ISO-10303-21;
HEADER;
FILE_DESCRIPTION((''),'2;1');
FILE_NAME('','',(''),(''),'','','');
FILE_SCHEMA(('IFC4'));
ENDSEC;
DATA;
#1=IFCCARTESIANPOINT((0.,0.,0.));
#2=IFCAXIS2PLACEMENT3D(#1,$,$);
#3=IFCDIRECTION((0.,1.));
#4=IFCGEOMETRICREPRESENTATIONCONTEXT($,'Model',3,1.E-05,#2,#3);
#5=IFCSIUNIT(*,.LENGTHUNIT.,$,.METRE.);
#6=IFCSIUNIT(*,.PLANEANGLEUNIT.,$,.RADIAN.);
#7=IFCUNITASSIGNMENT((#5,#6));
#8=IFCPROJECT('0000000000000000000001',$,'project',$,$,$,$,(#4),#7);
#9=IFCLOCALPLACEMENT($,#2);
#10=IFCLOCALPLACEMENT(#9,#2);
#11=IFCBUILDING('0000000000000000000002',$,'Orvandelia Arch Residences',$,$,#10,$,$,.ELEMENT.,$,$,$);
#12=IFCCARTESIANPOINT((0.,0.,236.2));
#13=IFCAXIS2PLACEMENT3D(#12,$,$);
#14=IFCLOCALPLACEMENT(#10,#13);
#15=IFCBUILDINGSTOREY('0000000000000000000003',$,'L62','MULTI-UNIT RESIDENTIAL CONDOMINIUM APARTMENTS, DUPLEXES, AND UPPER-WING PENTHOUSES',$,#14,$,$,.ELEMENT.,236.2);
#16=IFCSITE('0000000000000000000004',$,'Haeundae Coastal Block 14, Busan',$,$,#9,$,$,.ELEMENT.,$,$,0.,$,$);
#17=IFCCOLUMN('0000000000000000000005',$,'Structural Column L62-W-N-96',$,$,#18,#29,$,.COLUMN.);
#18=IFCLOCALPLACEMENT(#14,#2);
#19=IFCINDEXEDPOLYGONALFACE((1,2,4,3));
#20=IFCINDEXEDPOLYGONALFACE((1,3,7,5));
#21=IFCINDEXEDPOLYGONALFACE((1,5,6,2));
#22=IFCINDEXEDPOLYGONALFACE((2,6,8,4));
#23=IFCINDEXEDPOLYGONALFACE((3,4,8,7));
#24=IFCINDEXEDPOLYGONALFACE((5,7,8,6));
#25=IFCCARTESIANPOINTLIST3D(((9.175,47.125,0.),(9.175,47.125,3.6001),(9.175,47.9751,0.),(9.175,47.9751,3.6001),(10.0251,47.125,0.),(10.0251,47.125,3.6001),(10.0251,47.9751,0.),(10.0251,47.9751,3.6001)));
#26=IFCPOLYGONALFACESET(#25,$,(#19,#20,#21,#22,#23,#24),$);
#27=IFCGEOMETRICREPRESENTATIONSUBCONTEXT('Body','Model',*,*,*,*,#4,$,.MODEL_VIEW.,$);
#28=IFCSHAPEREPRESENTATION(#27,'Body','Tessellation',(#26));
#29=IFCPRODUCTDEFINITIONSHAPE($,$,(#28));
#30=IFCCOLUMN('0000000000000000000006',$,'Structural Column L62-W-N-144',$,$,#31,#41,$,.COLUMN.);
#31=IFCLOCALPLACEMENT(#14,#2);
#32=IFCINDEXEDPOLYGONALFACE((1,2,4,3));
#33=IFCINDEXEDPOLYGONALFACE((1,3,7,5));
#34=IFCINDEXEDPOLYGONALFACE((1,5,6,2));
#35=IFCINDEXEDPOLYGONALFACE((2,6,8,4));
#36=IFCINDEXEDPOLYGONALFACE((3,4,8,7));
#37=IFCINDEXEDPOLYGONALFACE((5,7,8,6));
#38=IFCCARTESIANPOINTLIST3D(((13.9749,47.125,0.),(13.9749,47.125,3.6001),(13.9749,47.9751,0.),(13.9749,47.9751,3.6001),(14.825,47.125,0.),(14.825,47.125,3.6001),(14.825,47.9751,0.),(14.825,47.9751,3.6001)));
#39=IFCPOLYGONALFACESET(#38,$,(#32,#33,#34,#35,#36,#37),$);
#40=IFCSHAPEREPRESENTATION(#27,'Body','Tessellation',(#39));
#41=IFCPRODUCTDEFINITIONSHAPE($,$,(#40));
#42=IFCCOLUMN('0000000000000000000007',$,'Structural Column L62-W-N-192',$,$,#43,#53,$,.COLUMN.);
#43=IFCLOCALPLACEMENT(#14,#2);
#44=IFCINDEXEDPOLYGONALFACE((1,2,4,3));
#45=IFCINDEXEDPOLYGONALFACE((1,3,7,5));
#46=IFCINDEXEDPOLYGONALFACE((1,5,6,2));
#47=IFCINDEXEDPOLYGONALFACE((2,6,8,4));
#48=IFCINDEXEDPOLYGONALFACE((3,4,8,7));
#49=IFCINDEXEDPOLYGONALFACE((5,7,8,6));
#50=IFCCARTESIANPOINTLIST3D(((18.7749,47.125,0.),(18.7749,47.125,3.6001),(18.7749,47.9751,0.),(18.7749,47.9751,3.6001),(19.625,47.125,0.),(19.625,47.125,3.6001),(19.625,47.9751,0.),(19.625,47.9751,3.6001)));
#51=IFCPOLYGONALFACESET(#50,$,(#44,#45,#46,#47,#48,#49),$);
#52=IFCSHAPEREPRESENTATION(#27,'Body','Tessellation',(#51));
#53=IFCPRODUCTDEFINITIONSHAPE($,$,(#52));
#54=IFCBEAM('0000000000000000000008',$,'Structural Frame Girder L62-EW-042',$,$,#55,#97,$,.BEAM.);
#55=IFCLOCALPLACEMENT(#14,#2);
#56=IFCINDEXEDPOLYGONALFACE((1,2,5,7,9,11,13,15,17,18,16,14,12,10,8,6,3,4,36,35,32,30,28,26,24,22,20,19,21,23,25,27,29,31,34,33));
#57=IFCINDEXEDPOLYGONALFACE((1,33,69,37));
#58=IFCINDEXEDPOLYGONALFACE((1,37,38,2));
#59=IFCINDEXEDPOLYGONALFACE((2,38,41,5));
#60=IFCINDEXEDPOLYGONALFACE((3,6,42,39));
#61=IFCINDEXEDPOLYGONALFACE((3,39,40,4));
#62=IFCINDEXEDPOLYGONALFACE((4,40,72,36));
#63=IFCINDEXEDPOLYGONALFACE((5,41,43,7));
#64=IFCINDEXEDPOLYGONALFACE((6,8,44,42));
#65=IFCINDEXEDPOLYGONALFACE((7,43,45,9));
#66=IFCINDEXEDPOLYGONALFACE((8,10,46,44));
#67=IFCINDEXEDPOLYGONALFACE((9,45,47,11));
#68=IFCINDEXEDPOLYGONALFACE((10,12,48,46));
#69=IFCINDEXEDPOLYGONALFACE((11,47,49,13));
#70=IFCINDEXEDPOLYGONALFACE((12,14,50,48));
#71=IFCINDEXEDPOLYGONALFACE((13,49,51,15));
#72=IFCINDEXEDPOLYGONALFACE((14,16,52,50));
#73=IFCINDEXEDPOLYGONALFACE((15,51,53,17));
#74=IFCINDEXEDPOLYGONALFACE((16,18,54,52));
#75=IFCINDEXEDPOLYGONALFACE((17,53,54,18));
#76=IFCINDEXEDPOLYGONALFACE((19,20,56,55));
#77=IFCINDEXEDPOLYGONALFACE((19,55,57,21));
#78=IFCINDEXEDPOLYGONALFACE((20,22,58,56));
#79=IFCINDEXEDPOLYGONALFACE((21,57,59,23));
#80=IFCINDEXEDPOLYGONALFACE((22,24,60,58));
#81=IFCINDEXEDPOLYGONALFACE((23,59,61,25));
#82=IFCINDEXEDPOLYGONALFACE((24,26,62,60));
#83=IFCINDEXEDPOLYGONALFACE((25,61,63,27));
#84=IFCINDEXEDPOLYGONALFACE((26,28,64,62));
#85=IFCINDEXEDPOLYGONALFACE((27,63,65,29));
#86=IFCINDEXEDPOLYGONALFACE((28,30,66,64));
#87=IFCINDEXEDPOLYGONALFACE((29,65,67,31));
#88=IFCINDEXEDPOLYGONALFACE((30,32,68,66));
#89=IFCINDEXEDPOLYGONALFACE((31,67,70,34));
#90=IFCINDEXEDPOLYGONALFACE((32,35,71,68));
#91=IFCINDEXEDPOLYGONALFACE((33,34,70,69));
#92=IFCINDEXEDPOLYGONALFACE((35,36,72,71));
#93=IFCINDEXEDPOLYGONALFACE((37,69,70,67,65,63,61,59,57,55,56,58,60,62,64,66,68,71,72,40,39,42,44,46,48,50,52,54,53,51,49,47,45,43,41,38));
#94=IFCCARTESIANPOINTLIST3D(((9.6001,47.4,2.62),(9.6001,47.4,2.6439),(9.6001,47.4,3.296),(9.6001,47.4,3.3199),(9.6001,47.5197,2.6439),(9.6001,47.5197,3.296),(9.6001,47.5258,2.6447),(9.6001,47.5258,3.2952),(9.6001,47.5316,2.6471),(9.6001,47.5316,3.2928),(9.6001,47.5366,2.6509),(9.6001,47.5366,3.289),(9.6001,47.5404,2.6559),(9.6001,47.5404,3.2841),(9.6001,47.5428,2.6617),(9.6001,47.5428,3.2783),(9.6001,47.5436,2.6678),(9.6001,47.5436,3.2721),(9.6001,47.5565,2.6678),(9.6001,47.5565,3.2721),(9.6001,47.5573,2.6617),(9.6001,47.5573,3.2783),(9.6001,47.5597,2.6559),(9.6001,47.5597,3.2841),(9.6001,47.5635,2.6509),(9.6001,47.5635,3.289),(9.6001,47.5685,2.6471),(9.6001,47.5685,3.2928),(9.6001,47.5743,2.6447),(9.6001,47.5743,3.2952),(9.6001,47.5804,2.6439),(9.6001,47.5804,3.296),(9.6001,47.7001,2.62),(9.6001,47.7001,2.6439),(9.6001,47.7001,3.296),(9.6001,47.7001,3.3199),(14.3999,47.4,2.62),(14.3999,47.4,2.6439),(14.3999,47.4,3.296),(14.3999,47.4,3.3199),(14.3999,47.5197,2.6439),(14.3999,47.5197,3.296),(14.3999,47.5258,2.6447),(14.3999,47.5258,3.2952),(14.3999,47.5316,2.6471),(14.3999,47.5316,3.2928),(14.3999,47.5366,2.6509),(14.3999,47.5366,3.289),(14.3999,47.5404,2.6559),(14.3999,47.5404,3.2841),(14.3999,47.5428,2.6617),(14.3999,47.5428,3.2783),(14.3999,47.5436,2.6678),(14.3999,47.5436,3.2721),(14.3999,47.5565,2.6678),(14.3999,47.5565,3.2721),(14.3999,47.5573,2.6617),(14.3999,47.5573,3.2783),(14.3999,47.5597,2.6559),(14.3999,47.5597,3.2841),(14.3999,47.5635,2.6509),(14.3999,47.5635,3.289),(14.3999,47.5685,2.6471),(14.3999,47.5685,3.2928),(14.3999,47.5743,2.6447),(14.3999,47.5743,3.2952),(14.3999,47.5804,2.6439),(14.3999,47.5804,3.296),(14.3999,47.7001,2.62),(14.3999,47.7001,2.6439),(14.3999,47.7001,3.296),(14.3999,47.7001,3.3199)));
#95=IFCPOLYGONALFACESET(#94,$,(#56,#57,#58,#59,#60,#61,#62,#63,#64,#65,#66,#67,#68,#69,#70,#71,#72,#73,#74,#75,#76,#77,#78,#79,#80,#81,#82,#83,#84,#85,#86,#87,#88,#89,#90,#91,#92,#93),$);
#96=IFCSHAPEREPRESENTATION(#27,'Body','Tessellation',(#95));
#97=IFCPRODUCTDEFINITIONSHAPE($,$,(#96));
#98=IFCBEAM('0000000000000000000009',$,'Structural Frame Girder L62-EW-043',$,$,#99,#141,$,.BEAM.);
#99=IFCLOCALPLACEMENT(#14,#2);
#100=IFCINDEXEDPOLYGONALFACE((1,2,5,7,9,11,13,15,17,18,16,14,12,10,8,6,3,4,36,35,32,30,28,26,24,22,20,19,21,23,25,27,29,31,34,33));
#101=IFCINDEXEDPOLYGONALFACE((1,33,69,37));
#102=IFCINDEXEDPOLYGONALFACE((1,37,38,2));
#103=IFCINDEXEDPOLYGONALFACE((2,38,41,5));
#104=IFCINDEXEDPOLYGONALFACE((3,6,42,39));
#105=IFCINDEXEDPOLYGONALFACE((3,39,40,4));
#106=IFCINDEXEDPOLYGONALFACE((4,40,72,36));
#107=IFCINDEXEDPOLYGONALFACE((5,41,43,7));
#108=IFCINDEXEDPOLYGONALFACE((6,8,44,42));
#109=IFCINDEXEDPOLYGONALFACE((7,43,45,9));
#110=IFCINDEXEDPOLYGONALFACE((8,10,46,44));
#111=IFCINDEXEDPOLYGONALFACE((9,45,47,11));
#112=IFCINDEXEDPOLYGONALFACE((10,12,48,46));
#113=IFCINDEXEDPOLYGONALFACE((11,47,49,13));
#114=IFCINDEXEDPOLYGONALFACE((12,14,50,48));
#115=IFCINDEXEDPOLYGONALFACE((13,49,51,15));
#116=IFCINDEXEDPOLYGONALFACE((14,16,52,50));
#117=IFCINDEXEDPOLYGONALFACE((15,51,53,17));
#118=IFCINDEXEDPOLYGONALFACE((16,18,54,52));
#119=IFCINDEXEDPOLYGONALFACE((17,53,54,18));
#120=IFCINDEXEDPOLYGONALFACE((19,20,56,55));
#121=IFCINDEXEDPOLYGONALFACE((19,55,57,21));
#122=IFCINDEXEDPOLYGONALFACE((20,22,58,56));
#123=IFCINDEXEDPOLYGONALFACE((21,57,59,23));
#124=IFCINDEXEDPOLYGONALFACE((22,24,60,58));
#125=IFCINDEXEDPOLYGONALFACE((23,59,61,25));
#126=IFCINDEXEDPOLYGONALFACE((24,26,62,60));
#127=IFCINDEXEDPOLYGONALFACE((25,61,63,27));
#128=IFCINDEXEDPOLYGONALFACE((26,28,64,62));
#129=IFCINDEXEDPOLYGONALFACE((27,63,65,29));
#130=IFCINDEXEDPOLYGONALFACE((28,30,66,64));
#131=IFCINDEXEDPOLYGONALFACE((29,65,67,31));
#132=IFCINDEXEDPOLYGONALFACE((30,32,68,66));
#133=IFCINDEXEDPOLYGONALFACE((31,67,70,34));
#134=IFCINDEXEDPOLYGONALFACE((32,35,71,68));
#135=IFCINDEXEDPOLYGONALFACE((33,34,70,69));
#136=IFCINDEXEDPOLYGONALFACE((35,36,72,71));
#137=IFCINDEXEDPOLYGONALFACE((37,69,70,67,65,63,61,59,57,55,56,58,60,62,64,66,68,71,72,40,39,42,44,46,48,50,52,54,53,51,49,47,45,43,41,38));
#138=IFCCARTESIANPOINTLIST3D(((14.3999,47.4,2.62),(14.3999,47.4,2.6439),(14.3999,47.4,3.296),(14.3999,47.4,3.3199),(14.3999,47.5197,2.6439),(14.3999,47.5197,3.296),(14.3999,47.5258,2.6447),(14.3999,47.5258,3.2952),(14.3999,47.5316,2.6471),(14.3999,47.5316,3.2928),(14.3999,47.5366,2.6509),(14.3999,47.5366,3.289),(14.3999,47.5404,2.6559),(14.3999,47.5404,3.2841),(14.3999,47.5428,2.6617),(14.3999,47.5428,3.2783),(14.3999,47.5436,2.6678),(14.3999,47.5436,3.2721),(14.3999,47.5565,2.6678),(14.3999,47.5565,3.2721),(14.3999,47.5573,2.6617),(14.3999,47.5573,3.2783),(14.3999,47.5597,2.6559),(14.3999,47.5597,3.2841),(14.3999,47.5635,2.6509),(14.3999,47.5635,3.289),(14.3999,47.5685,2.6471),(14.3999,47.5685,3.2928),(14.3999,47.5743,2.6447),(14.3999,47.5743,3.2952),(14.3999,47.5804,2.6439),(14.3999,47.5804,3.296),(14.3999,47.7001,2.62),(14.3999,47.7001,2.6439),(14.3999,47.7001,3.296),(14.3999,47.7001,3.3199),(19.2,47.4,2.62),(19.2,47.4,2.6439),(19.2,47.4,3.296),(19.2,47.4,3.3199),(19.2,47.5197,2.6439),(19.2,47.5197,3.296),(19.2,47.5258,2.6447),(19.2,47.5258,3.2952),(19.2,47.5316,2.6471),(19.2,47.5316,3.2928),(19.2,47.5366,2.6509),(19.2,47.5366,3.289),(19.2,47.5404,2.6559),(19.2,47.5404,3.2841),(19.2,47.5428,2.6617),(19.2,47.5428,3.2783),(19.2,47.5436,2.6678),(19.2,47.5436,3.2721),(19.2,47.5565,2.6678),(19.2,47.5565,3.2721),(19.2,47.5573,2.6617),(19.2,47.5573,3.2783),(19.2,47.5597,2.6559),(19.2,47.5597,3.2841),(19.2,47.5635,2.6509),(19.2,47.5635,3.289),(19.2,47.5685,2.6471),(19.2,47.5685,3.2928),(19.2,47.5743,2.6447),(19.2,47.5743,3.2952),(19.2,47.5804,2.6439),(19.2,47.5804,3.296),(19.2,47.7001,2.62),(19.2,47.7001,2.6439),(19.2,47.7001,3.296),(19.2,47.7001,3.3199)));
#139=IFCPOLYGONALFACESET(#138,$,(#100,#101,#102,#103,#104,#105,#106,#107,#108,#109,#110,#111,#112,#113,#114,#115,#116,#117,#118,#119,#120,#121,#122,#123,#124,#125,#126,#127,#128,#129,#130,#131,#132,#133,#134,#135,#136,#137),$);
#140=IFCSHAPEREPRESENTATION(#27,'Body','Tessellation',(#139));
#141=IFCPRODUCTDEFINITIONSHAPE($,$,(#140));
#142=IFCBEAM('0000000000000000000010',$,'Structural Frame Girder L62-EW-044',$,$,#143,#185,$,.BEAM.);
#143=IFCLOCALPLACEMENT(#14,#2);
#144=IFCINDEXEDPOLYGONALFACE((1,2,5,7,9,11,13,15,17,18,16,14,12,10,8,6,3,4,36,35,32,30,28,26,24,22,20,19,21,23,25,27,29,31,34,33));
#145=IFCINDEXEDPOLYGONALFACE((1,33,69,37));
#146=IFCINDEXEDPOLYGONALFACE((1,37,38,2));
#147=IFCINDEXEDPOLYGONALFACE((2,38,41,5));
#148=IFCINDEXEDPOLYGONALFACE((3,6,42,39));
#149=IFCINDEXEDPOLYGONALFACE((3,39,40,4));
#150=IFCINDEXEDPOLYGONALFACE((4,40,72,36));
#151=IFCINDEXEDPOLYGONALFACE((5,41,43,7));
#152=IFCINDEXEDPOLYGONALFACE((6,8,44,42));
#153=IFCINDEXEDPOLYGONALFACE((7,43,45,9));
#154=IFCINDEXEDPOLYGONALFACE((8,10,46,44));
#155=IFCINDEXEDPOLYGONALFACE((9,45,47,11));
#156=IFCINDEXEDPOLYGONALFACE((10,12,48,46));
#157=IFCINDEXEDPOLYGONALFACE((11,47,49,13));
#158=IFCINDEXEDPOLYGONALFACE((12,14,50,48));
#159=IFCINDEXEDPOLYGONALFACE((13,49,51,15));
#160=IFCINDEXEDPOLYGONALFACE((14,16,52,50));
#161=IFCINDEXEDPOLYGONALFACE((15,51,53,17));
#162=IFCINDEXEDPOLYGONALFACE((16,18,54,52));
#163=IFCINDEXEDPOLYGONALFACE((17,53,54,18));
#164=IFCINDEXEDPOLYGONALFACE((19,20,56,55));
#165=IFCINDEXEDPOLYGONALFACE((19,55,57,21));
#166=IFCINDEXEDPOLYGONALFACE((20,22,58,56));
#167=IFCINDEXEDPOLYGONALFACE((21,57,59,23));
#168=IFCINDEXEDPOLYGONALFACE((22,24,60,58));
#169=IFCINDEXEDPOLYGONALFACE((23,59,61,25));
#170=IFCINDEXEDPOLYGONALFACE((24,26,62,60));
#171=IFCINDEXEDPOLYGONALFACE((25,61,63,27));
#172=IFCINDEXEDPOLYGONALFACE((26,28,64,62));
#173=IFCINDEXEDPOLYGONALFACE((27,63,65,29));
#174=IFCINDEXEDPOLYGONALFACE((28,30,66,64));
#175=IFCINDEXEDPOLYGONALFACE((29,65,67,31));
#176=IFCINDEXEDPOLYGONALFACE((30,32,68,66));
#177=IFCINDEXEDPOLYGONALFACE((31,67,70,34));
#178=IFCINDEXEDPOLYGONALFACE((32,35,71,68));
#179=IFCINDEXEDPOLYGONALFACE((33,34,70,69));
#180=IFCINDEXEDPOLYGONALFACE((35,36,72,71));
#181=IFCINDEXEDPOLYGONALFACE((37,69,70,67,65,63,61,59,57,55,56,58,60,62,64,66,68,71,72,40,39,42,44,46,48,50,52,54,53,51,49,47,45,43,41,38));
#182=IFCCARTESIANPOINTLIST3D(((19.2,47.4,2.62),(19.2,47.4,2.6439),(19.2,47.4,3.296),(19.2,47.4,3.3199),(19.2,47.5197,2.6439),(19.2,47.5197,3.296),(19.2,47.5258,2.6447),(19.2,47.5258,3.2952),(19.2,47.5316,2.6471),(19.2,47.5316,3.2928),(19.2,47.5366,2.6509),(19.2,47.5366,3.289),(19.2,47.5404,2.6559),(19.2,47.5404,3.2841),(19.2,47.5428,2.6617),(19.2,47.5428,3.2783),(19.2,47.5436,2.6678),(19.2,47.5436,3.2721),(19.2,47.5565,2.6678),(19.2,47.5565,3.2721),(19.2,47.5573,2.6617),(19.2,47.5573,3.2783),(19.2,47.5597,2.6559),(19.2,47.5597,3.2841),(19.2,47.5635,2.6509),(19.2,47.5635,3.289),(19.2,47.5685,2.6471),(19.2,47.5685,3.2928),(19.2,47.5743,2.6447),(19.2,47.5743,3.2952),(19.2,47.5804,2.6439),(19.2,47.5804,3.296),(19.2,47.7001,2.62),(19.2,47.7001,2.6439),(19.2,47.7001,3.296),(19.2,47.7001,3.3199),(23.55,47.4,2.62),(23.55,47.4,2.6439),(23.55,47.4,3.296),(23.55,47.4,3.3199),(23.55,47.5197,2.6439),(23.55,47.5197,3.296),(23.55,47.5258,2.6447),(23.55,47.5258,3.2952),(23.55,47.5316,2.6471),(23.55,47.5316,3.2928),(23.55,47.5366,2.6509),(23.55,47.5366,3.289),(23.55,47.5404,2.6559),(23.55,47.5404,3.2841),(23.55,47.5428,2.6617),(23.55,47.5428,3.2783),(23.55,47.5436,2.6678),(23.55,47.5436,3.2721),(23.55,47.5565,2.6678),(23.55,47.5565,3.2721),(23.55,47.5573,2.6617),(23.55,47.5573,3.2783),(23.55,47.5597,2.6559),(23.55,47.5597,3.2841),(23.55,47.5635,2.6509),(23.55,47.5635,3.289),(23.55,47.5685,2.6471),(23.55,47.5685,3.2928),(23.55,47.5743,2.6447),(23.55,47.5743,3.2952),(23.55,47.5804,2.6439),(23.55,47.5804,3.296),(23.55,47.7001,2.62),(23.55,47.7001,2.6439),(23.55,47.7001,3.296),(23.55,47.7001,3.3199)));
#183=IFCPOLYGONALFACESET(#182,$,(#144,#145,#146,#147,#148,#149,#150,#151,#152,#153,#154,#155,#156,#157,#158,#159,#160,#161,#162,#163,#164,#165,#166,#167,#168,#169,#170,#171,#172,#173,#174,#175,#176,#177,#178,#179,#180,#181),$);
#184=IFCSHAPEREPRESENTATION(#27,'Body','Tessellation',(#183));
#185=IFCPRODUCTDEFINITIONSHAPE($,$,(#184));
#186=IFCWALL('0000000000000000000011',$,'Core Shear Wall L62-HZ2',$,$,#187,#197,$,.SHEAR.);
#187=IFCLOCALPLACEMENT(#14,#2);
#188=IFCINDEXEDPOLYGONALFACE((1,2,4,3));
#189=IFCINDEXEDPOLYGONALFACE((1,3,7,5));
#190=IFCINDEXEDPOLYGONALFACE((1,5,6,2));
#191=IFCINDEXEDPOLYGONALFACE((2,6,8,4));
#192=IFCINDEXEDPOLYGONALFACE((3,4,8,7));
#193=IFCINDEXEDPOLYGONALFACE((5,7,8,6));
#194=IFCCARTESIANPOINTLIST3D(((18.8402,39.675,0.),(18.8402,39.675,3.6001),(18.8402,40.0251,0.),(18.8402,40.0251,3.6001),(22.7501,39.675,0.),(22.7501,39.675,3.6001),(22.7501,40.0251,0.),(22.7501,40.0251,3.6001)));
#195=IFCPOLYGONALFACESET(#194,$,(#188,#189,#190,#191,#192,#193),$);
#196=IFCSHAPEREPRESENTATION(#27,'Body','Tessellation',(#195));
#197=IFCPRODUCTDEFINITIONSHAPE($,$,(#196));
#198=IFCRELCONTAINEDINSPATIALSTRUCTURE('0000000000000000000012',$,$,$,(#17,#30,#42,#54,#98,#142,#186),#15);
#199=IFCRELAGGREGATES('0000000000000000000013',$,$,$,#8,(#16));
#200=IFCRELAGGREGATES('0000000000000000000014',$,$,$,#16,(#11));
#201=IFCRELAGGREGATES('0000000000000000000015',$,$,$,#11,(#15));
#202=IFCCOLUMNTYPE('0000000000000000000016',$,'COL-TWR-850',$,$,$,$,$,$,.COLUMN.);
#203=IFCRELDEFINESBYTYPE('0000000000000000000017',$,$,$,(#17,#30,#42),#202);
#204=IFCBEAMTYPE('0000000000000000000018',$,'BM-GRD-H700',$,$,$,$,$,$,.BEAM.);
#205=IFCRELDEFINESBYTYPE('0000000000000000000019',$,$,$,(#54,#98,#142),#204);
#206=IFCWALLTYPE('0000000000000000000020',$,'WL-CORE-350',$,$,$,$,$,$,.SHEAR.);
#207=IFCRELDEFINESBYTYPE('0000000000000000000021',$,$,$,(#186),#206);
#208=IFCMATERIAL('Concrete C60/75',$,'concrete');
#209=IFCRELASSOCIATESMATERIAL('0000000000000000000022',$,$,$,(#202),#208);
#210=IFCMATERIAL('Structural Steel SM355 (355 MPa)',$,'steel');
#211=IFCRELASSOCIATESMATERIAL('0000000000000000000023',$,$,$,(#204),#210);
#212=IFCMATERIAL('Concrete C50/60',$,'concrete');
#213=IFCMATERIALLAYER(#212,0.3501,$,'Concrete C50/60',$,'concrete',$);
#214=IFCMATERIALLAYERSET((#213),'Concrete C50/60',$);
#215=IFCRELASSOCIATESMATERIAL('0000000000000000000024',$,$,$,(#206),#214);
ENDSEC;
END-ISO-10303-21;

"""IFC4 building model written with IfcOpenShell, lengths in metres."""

from ifc_helpers import new_model, si_unit, direction, frame, frame_2d, origin, origin_2d, place, context, subcontext, project, spatial, rectangle, i_section, extrude, material, layer, layer_set, material_profile, profile_set, type_object, element, save


model = new_model("IFC4")

# Units and contexts
model_context = context("Model", 3, precision=1e-05, world=origin(), true_north=direction((0.0, 1.0)))
body_context = subcontext(model_context, "Body", "Model", "MODEL_VIEW")
ifc_project = project(units=[si_unit("LENGTHUNIT", "METRE"), si_unit("PLANEANGLEUNIT", "RADIAN")], contexts=[model_context])

# Site, building, storey
site_placement = place(None, origin())
site = spatial("IfcSite", under=ifc_project, at=site_placement, Name="Haeundae Coastal Block 14, Busan", CompositionType="ELEMENT", RefElevation=0.0)
building_placement = place(site_placement, origin())
building = spatial("IfcBuilding", under=site, at=building_placement, Name="Orvandelia Arch Residences", CompositionType="ELEMENT")
storey_placement = place(building_placement, frame((0.0, 0.0, 236.2)))
storey = spatial("IfcBuildingStorey", under=building, at=storey_placement, Name="L62", Description="MULTI-UNIT RESIDENTIAL CONDOMINIUM APARTMENTS, DUPLEXES, AND UPPER-WING PENTHOUSES", CompositionType="ELEMENT", Elevation=236.2)

# Columns
ifc_material_1 = material(Name="Concrete C60/75", Category="concrete")
ifc_material_profile_1 = material_profile(ifc_material_1, rectangle(XDim=0.8501, YDim=0.8501, at=origin_2d()), Name="Concrete C60/75", Category="concrete")
ifc_profile_set_1 = profile_set([ifc_material_profile_1], Name="Concrete C60/75")
column_type = type_object("IfcColumnType", Name="COL-TWR-850", PredefinedType="COLUMN", material=ifc_profile_set_1)
for number, where, z_axis, x_axis, name in (
    (1, (9.6001, 47.55, 0.0), (0.0, 0.0, 1.0), (1.0, 0.0, 0.0), "Structural Column L62-W-N-96"),
    (2, (14.3999, 47.55, 0.0), (0.0, 0.0, 1.0), (1.0, 0.0, 0.0), "Structural Column L62-W-N-144"),
    (3, (19.2, 47.55, 0.0), (0.0, 0.0, 1.0), (1.0, 0.0, 0.0), "Structural Column L62-W-N-192"),
):
    element("IfcColumn", number, at=place(storey_placement, frame(where, z_axis=z_axis, x_axis=x_axis)), inside=storey, type_object=column_type, Name=name, PredefinedType="COLUMN", context=body_context, shape_type="SweptSolid", body=[
        extrude(rectangle(XDim=0.8501, YDim=0.8501, at=origin_2d()), origin(), (0.0, 0.0, 1.0), 3.6001),
    ])

# Beams
ifc_material_2 = material(Name="Structural Steel SM355 (355 MPa)", Category="steel")
ifc_material_profile_2 = material_profile(ifc_material_2, i_section(OverallWidth=0.3, OverallDepth=0.7, WebThickness=0.0129, FlangeThickness=0.0239, FilletRadius=0.0239, at=origin_2d()), Name="Structural Steel SM355 (355 MPa)", Category="steel")
ifc_profile_set_2 = profile_set([ifc_material_profile_2], Name="Structural Steel SM355 (355 MPa)")
beam_type = type_object("IfcBeamType", Name="BM-GRD-H700", PredefinedType="BEAM", material=ifc_profile_set_2)
beam_1_placement = place(storey_placement, frame((9.6001, 47.55, 2.97), z_axis=(1.0, 0.0, 0.0), x_axis=(0.0, 1.0, 0.0)))
element("IfcBeam", 4, at=beam_1_placement, inside=storey, type_object=beam_type, Name="Structural Frame Girder L62-EW-042", PredefinedType="BEAM", context=body_context, shape_type="SweptSolid", body=[
    extrude(i_section(OverallWidth=0.3, OverallDepth=0.7, WebThickness=0.0129, FlangeThickness=0.0239, FilletRadius=0.0239, at=origin_2d()), origin(), (0.0, 0.0, 1.0), 4.7998),
])
beam_2_placement = place(storey_placement, frame((14.3999, 47.55, 2.97), z_axis=(1.0, 0.0, 0.0), x_axis=(0.0, 1.0, 0.0)))
element("IfcBeam", 5, at=beam_2_placement, inside=storey, type_object=beam_type, Name="Structural Frame Girder L62-EW-043", PredefinedType="BEAM", context=body_context, shape_type="SweptSolid", body=[
    extrude(i_section(OverallWidth=0.3, OverallDepth=0.7, WebThickness=0.0129, FlangeThickness=0.0239, FilletRadius=0.0239, at=origin_2d()), origin(), (0.0, 0.0, 1.0), 4.8),
])
beam_3_placement = place(storey_placement, frame((19.2, 47.55, 2.97), z_axis=(1.0, 0.0, 0.0), x_axis=(0.0, 1.0, 0.0)))
element("IfcBeam", 6, at=beam_3_placement, inside=storey, type_object=beam_type, Name="Structural Frame Girder L62-EW-044", PredefinedType="BEAM", context=body_context, shape_type="SweptSolid", body=[
    extrude(i_section(OverallWidth=0.3, OverallDepth=0.7, WebThickness=0.0129, FlangeThickness=0.0239, FilletRadius=0.0239, at=origin_2d()), origin(), (0.0, 0.0, 1.0), 4.3501),
])

# Wall
ifc_material_3 = material(Name="Concrete C50/60", Category="concrete")
ifc_layer_1 = layer(ifc_material_3, 0.3501, Name="Concrete C50/60", Category="concrete")
ifc_layer_set_1 = layer_set([ifc_layer_1], Name="Concrete C50/60")
wall_type_1 = type_object("IfcWallType", Name="WL-CORE-350", PredefinedType="SHEAR", material=ifc_layer_set_1)
wall_1_placement = place(storey_placement, frame((18.8401, 39.8501, 0.0), z_axis=(0.0, 0.0, 1.0), x_axis=(1.0, 0.0, 0.0)))
element("IfcWall", 7, at=wall_1_placement, inside=storey, type_object=wall_type_1, Name="Core Shear Wall L62-HZ2", PredefinedType="SHEAR", context=body_context, shape_type="SweptSolid", body=[
    extrude(rectangle(XDim=3.9099, YDim=0.3501, at=frame_2d((1.9551, 0.0))), origin(), (0.0, 0.0, 1.0), 3.6001),
])

save(model, "model.ifc")
